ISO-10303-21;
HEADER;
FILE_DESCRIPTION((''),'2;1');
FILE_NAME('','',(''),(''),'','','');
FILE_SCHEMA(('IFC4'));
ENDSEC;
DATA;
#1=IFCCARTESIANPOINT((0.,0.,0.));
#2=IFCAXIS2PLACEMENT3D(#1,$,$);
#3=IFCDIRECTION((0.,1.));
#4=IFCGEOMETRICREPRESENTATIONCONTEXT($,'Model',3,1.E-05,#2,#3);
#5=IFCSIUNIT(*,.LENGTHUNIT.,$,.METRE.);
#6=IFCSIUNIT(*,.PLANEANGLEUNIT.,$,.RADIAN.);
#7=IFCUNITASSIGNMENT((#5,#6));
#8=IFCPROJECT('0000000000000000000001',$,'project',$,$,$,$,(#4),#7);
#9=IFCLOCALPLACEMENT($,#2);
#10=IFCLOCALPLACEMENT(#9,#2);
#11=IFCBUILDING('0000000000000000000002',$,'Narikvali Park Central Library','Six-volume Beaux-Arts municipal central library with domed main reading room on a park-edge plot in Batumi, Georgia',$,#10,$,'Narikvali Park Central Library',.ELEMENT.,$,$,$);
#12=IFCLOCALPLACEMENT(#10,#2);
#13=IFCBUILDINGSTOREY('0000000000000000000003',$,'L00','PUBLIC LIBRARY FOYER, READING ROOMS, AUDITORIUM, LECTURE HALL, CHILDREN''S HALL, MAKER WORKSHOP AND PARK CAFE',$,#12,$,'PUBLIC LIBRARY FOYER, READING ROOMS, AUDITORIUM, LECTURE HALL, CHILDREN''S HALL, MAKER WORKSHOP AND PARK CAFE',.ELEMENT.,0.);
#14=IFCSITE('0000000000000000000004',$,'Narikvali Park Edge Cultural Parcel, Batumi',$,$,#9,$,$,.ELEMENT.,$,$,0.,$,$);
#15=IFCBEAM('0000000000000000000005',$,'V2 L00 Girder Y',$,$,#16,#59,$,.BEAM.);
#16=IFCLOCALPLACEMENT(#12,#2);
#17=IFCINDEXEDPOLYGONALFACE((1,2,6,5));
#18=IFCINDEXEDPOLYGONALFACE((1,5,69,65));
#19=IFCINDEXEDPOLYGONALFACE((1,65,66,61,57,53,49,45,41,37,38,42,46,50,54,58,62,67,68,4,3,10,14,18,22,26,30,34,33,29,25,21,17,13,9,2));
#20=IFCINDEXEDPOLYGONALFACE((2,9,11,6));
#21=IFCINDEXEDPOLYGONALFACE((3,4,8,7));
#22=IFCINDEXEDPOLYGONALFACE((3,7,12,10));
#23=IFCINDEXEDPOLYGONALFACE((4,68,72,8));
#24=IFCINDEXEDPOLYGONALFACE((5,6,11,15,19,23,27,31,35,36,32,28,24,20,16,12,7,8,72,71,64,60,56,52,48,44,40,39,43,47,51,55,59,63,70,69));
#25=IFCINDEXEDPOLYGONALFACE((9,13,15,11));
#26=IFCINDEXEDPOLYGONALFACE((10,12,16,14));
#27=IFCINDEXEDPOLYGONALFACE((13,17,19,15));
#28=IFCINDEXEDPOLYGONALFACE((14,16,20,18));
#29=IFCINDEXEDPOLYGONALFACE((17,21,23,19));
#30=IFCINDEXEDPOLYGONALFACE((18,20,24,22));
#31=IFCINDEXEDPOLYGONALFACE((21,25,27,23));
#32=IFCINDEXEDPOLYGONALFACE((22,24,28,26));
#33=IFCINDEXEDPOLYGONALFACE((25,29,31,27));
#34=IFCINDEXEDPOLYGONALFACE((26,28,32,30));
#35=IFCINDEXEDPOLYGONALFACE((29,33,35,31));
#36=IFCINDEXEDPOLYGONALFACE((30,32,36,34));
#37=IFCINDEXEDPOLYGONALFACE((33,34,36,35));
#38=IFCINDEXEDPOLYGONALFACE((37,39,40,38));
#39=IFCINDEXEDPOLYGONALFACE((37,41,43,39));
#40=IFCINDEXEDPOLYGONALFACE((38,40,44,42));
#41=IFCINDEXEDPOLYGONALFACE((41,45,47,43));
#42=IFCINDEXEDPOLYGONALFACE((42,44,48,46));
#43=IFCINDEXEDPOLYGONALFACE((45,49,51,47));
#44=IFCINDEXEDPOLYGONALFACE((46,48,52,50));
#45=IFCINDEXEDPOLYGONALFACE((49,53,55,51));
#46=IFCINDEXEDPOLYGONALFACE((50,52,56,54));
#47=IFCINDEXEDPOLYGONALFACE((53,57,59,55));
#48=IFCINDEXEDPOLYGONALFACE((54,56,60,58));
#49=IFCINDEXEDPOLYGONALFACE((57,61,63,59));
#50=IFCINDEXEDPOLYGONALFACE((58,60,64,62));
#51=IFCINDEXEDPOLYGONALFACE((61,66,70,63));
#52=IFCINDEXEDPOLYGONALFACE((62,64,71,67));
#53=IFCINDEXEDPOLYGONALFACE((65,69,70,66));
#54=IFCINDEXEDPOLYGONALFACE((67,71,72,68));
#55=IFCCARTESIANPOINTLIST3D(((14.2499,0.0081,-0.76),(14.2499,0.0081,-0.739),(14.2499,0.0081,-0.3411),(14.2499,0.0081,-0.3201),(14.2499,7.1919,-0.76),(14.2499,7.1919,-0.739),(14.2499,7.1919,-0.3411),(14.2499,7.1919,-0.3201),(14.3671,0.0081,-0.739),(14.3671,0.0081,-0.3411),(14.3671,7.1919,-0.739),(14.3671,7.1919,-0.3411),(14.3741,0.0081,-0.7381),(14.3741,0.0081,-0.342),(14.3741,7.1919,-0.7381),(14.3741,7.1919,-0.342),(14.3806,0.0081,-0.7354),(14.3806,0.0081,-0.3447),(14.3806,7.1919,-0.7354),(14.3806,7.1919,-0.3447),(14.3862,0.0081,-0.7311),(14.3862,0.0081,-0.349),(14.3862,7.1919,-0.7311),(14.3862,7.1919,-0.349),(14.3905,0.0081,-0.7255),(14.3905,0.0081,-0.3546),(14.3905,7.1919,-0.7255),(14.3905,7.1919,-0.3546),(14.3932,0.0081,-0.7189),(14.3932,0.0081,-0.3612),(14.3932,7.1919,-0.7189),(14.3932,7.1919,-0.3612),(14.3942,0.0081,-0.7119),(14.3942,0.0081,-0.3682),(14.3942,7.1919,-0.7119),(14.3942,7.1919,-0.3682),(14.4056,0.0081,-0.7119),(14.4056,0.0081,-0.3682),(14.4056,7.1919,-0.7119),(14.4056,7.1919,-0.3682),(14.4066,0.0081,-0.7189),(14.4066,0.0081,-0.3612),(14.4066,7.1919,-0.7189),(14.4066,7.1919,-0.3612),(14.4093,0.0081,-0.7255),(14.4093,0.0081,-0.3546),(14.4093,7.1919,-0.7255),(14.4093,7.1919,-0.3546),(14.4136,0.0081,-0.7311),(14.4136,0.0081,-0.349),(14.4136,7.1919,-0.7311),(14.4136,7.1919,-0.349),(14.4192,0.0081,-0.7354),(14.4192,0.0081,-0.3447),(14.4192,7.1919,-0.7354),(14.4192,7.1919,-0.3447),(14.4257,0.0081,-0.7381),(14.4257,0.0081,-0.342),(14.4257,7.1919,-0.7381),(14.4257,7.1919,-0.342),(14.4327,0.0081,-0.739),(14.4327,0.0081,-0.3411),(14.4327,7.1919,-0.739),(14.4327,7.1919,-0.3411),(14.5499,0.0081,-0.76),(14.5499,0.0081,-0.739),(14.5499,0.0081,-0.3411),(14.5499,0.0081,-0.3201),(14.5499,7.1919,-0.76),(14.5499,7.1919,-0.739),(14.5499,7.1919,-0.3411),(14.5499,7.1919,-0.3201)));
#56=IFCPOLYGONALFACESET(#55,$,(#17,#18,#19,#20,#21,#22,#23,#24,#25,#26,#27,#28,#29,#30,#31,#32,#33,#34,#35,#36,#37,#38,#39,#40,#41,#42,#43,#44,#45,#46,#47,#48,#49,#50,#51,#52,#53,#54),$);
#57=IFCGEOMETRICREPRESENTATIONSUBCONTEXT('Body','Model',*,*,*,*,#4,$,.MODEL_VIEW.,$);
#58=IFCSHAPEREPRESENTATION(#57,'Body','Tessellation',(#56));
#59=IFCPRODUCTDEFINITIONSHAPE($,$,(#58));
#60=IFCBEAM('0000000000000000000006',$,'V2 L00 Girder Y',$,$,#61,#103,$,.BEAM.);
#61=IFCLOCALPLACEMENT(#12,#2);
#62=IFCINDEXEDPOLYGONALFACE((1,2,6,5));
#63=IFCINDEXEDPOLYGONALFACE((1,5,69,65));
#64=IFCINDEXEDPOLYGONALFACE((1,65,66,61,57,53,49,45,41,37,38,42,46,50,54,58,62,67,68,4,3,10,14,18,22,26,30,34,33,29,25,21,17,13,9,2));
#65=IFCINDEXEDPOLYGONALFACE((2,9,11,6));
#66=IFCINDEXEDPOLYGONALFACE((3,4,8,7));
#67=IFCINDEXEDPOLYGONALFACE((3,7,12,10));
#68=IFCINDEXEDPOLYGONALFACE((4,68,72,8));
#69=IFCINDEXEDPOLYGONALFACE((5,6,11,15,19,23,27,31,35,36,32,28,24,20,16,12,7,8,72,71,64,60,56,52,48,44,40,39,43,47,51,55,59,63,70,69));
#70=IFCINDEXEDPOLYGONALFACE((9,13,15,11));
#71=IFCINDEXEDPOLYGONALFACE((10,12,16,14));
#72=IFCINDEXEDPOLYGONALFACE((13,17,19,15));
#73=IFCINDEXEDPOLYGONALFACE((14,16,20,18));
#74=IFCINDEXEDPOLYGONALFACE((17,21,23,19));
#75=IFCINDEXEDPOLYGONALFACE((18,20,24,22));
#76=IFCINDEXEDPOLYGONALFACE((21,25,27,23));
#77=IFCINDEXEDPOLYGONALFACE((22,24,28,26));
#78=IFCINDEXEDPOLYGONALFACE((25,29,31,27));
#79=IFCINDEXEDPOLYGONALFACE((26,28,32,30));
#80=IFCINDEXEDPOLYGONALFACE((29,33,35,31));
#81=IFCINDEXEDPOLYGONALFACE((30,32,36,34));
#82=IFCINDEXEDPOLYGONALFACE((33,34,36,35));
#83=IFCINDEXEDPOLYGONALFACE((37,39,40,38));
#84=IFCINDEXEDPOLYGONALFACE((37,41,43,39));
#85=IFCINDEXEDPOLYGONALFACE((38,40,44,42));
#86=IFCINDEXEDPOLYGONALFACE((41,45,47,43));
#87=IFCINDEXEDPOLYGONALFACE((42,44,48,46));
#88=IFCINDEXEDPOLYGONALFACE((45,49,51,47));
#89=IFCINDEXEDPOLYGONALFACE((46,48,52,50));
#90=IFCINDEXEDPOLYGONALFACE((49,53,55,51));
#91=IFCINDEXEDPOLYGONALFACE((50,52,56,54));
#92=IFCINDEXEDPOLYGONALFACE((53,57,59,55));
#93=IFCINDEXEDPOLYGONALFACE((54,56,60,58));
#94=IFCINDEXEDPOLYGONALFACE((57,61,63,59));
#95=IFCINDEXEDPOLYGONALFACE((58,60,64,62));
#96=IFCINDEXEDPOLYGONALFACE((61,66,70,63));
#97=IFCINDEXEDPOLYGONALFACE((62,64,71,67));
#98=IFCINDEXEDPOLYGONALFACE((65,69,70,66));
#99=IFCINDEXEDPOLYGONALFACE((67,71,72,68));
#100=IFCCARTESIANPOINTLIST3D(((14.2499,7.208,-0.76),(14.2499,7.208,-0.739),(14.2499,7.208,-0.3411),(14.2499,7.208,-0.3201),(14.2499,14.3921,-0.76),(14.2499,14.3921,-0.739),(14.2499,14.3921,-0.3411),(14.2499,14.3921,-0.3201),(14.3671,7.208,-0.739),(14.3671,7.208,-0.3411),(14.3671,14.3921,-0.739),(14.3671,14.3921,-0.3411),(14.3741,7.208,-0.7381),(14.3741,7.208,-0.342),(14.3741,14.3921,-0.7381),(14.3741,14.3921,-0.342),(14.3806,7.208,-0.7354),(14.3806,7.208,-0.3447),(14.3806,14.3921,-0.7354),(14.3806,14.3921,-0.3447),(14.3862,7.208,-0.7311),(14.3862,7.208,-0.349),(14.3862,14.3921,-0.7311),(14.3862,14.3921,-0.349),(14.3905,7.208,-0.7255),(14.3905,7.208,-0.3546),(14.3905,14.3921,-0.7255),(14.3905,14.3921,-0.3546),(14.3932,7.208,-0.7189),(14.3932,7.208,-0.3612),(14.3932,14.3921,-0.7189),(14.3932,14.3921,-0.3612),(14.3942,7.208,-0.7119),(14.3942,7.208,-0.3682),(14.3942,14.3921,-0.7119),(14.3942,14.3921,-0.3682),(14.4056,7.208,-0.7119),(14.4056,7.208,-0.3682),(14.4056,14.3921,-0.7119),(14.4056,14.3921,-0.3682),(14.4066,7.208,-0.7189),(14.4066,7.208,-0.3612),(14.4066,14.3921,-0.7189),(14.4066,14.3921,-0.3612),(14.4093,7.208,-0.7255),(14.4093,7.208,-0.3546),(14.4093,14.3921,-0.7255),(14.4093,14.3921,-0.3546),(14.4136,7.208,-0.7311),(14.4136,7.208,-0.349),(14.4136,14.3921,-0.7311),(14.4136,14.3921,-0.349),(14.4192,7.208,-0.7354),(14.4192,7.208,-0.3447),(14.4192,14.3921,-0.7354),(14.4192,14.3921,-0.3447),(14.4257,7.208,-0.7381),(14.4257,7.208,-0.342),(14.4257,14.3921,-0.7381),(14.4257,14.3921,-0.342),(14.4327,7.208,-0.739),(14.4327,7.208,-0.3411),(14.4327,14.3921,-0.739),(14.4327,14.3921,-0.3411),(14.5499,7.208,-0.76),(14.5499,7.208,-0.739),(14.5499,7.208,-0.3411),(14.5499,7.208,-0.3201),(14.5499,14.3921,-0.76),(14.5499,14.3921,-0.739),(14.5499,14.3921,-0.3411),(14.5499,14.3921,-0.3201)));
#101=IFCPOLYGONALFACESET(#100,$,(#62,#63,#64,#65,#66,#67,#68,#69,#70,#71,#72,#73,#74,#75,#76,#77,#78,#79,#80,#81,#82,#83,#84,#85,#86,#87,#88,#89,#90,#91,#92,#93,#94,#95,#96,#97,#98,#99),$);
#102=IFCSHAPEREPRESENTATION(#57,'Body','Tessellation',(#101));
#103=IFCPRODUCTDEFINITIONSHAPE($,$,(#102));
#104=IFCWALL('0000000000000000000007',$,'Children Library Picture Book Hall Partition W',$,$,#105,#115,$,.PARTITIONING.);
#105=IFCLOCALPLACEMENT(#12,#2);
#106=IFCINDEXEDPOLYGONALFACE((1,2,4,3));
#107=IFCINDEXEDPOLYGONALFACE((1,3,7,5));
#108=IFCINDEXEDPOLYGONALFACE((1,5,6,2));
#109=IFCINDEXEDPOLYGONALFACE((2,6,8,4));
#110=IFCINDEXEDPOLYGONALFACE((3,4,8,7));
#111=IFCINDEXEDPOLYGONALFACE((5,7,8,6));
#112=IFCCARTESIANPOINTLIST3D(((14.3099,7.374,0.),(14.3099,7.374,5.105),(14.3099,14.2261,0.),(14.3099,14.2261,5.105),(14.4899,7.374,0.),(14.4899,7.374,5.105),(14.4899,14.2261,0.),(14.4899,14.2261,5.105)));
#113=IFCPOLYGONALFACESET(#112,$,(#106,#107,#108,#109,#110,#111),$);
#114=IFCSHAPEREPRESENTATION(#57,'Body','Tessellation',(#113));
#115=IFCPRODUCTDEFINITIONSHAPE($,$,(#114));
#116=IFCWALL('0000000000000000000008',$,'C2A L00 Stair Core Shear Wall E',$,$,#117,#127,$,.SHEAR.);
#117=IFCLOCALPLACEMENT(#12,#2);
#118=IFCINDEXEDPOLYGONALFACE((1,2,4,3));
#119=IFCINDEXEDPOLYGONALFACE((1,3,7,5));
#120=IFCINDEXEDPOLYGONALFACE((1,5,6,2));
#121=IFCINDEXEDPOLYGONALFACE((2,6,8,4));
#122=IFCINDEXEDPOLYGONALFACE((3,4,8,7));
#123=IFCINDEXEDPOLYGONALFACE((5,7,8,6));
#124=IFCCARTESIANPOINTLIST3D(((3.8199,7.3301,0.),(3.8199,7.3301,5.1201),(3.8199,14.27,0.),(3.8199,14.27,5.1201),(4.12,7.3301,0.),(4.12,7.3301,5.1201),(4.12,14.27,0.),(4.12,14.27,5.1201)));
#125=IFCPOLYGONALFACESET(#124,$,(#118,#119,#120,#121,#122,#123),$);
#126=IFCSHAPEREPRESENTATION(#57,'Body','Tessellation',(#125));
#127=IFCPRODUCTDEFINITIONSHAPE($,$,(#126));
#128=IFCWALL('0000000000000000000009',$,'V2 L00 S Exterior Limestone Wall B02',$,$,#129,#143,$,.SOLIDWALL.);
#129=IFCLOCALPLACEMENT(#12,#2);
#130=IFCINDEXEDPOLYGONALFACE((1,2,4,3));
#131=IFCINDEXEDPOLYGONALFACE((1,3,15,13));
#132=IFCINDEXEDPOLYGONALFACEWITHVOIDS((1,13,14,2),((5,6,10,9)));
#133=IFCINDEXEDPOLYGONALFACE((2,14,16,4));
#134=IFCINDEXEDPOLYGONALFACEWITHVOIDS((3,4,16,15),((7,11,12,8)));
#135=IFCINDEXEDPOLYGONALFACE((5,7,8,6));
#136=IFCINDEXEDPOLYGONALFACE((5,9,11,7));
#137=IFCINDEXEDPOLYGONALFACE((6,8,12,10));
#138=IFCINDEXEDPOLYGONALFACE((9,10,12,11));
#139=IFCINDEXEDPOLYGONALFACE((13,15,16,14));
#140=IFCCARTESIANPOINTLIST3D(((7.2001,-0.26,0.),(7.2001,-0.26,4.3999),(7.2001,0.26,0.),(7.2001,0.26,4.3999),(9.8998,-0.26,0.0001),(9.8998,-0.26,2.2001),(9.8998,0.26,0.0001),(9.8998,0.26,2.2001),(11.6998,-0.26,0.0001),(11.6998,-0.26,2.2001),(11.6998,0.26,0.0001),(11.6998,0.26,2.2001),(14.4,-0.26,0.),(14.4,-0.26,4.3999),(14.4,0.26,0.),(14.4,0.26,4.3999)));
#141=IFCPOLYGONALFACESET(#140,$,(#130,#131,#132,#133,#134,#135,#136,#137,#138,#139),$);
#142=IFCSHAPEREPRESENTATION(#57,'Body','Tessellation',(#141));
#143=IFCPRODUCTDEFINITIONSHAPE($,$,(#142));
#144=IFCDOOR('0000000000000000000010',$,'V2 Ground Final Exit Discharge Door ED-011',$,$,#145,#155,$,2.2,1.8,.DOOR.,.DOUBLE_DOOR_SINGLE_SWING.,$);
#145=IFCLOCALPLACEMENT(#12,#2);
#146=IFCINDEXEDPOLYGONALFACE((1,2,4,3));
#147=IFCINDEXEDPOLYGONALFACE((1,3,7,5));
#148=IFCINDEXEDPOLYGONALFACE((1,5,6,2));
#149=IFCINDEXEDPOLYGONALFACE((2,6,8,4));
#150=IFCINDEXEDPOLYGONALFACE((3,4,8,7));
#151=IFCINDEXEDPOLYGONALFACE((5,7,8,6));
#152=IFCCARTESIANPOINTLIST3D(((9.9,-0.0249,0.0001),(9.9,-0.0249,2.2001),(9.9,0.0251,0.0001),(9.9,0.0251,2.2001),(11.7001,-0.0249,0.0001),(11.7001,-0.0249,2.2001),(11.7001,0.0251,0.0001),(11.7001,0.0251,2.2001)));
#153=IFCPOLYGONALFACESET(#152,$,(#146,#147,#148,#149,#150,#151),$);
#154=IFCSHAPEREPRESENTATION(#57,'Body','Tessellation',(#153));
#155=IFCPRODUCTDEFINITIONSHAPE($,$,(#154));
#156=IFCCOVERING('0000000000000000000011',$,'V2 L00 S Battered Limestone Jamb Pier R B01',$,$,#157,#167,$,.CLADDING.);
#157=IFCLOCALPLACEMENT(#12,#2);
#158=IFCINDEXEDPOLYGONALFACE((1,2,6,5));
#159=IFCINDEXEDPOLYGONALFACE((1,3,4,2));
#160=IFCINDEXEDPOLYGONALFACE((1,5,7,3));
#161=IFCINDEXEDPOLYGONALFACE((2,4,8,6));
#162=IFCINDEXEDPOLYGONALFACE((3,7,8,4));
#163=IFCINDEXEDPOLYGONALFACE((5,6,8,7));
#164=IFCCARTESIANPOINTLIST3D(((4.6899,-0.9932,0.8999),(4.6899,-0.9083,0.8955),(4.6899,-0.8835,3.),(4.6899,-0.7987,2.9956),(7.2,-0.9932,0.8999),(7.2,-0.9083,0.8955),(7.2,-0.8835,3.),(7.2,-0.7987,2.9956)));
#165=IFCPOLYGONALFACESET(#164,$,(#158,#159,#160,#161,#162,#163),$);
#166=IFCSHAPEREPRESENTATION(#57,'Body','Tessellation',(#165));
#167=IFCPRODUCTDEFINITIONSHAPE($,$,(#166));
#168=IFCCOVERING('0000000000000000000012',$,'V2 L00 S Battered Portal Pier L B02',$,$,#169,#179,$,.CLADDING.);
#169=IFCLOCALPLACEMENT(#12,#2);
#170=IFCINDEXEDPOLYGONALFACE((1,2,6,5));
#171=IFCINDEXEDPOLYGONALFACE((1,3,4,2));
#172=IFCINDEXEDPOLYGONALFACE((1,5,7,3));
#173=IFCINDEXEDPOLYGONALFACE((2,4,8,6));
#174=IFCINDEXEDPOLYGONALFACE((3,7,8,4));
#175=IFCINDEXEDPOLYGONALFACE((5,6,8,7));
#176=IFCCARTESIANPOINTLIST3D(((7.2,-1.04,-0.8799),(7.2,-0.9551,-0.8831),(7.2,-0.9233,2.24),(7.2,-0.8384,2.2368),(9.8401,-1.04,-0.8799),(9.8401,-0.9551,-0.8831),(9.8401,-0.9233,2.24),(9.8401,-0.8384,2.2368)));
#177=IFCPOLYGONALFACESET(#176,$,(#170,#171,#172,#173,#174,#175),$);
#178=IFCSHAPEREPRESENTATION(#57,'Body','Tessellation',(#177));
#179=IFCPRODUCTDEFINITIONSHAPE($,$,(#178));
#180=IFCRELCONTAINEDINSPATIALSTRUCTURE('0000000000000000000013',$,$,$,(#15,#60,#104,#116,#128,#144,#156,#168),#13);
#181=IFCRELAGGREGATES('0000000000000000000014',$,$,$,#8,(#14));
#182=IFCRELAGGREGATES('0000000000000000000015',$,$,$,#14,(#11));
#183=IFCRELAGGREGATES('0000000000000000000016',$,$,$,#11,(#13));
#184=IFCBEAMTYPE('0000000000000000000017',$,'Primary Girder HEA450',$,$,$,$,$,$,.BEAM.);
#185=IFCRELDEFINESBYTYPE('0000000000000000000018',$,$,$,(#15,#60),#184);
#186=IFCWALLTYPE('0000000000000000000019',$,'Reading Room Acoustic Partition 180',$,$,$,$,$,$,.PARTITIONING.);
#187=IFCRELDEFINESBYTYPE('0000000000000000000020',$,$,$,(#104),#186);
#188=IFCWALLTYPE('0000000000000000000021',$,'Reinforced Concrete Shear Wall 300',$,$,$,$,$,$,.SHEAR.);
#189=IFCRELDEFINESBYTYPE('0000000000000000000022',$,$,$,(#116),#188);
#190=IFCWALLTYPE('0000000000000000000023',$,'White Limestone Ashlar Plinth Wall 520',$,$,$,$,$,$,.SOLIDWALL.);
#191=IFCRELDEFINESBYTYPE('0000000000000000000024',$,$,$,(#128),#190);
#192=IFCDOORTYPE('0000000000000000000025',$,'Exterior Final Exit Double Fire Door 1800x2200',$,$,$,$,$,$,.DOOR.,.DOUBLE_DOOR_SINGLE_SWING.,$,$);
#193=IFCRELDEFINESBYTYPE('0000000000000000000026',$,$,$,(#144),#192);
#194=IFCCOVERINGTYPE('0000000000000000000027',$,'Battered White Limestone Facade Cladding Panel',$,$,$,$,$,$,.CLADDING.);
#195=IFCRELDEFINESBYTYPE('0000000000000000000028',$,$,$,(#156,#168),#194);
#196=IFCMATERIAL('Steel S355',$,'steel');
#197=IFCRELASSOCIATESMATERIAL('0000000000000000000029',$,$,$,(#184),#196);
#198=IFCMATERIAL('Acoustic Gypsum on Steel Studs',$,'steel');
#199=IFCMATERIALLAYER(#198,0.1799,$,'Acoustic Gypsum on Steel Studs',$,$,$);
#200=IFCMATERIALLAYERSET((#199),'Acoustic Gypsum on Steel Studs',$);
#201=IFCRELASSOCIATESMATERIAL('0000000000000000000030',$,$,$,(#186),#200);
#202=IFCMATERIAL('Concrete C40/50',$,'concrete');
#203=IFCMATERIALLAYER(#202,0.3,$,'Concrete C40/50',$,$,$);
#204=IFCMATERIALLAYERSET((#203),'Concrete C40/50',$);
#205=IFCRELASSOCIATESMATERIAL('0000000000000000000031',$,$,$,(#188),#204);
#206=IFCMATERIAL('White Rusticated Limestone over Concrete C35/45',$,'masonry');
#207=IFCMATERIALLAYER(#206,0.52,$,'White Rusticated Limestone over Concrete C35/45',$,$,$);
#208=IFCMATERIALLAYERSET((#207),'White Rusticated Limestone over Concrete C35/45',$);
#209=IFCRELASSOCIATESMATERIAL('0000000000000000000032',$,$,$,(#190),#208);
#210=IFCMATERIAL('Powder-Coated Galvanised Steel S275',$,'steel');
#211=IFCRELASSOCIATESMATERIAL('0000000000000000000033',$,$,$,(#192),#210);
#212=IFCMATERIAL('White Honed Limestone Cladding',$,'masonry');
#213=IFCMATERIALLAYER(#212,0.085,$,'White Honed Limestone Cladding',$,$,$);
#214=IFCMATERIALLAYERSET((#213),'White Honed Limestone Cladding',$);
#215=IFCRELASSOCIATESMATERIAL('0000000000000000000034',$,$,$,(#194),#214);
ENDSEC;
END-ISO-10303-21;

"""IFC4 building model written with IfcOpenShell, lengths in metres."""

from ifc_helpers import new_model, si_unit, direction, frame, frame_2d, origin, origin_2d, place, context, subcontext, project, spatial, polyline, rectangle, i_section, outline, extrude, material, layer, layer_set, material_profile, profile_set, type_object, element, fill, save


model = new_model("IFC4")

# Units and contexts
model_context = context("Model", 3, precision=1e-05, world=origin(), true_north=direction((0.0, 1.0)))
body_context = subcontext(model_context, "Body", "Model", "MODEL_VIEW")
ifc_project = project(units=[si_unit("LENGTHUNIT", "METRE"), si_unit("PLANEANGLEUNIT", "RADIAN")], contexts=[model_context])

# Site, building, storey
site_placement = place(None, origin())
site = spatial("IfcSite", under=ifc_project, at=site_placement, Name="Narikvali Park Edge Cultural Parcel, Batumi", CompositionType="ELEMENT", RefElevation=0.0)
building_placement = place(site_placement, origin())
building = spatial("IfcBuilding", under=site, at=building_placement, Name="Narikvali Park Central Library", Description="Six-volume Beaux-Arts municipal central library with domed main reading room on a park-edge plot in Batumi, Georgia", LongName="Narikvali Park Central Library", CompositionType="ELEMENT")
storey_placement = place(building_placement, origin())
storey = spatial("IfcBuildingStorey", under=building, at=storey_placement, Name="L00", Description="PUBLIC LIBRARY FOYER, READING ROOMS, AUDITORIUM, LECTURE HALL, CHILDREN'S HALL, MAKER WORKSHOP AND PARK CAFE", LongName="PUBLIC LIBRARY FOYER, READING ROOMS, AUDITORIUM, LECTURE HALL, CHILDREN'S HALL, MAKER WORKSHOP AND PARK CAFE", CompositionType="ELEMENT", Elevation=0.0)

# Shared definitions
ifc_material_1 = material(Name="Steel S355", Category="steel")

# Beams
ifc_material_profile_1 = material_profile(ifc_material_1, i_section(OverallWidth=0.3, OverallDepth=0.4399, WebThickness=0.0115, FlangeThickness=0.021, FilletRadius=0.0271, at=origin_2d()), Name="HEA 450")
ifc_profile_set_1 = profile_set([ifc_material_profile_1], Name="Steel S355")
beam_type_1 = type_object("IfcBeamType", Name="Primary Girder HEA450", PredefinedType="BEAM", material=ifc_profile_set_1)
beam_1_placement = place(storey_placement, frame((14.3999, 0.0081, -0.54), z_axis=(0.0, 1.0, 0.0), x_axis=(-1.0, 0.0, 0.0)))
element("IfcBeam", 1, at=beam_1_placement, inside=storey, type_object=beam_type_1, Name="V2 L00 Girder Y", PredefinedType="BEAM", context=body_context, shape_type="SweptSolid", body=[
    extrude(i_section(OverallWidth=0.3, OverallDepth=0.4399, WebThickness=0.0115, FlangeThickness=0.021, FilletRadius=0.0271, at=origin_2d()), origin(), (0.0, 0.0, 1.0), 7.1838),
])
beam_2_placement = place(storey_placement, frame((14.3999, 7.208, -0.54), z_axis=(0.0, 1.0, 0.0), x_axis=(-1.0, 0.0, 0.0)))
element("IfcBeam", 2, at=beam_2_placement, inside=storey, type_object=beam_type_1, Name="V2 L00 Girder Y", PredefinedType="BEAM", context=body_context, shape_type="SweptSolid", body=[
    extrude(i_section(OverallWidth=0.3, OverallDepth=0.4399, WebThickness=0.0115, FlangeThickness=0.021, FilletRadius=0.0271, at=origin_2d()), origin(), (0.0, 0.0, 1.0), 7.1841),
])

# Walls
ifc_material_2 = material(Name="Acoustic Gypsum on Steel Studs", Category="steel")
ifc_layer_1 = layer(ifc_material_2, 0.1799, Name="Acoustic Gypsum on Steel Studs")
ifc_layer_set_1 = layer_set([ifc_layer_1], Name="Acoustic Gypsum on Steel Studs")
wall_type_1 = type_object("IfcWallType", Name="Reading Room Acoustic Partition 180", PredefinedType="PARTITIONING", material=ifc_layer_set_1)
wall_1_placement = place(storey_placement, frame((14.3999, 7.374, 0.0), z_axis=(0.0, 0.0, 1.0), x_axis=(0.0, 1.0, 0.0)))
element("IfcWall", 3, at=wall_1_placement, inside=storey, type_object=wall_type_1, Name="Children Library Picture Book Hall Partition W", PredefinedType="PARTITIONING", context=body_context, shape_type="SweptSolid", body=[
    extrude(rectangle(XDim=6.8521, YDim=0.1799, at=frame_2d((3.426, 0.0))), origin(), (0.0, 0.0, 1.0), 5.105),
])
ifc_material_3 = material(Name="Concrete C40/50", Category="concrete")
ifc_layer_2 = layer(ifc_material_3, 0.3, Name="Concrete C40/50")
ifc_layer_set_2 = layer_set([ifc_layer_2], Name="Concrete C40/50")
wall_type_2 = type_object("IfcWallType", Name="Reinforced Concrete Shear Wall 300", PredefinedType="SHEAR", material=ifc_layer_set_2)
wall_2_placement = place(storey_placement, frame((3.97, 7.3301, 0.0), z_axis=(0.0, 0.0, 1.0), x_axis=(0.0, 1.0, 0.0)))
element("IfcWall", 4, at=wall_2_placement, inside=storey, type_object=wall_type_2, Name="C2A L00 Stair Core Shear Wall E", PredefinedType="SHEAR", context=body_context, shape_type="SweptSolid", body=[
    extrude(rectangle(XDim=6.9399, YDim=0.3, at=frame_2d((3.47, 0.0))), origin(), (0.0, 0.0, 1.0), 5.1201),
])

# Wall, opening, door
ifc_material_4 = material(Name="White Rusticated Limestone over Concrete C35/45", Category="masonry")
ifc_layer_3 = layer(ifc_material_4, 0.52, Name="White Rusticated Limestone over Concrete C35/45")
ifc_layer_set_3 = layer_set([ifc_layer_3], Name="White Rusticated Limestone over Concrete C35/45")
wall_type_3 = type_object("IfcWallType", Name="White Limestone Ashlar Plinth Wall 520", PredefinedType="SOLIDWALL", material=ifc_layer_set_3)
wall_3_placement = place(storey_placement, frame((7.2, 0.0, 0.0), z_axis=(0.0, 0.0, 1.0), x_axis=(1.0, 0.0, 0.0)))
wall_3 = element("IfcWall", 5, at=wall_3_placement, inside=storey, type_object=wall_type_3, Name="V2 L00 S Exterior Limestone Wall B02", PredefinedType="SOLIDWALL", context=body_context, shape_type="SweptSolid", body=[
    extrude(rectangle(XDim=7.2, YDim=0.52, at=frame_2d((3.6001, 0.0))), origin(), (0.0, 0.0, 1.0), 4.3999),
])
opening_placement = place(wall_3_placement, frame((2.7, 0.0, 0.0)))
opening = element("IfcOpeningElement", 6, at=opening_placement, cuts=wall_3, PredefinedType="OPENING", context=body_context, shape_type="SweptSolid", body=[
    extrude(rectangle(XDim=1.8, YDim=2.2, at=frame_2d((0.8999, 1.1001))), frame((0.0, 0.272, 0.0), z_axis=(0.0, -1.0, 0.0), x_axis=(1.0, 0.0, 0.0)), (0.0, 0.0, 1.0), 0.5439),
])
ifc_material_5 = material(Name="Powder-Coated Galvanised Steel S275", Category="steel")
door_type = type_object("IfcDoorType", Name="Exterior Final Exit Double Fire Door 1800x2200", OperationType="DOUBLE_DOOR_SINGLE_SWING", PredefinedType="DOOR", material=ifc_material_5)
door_placement = place(opening_placement, frame((1.8, 0.0, 0.0), z_axis=(0.0, 0.0, 1.0), x_axis=(-1.0, 0.0, 0.0)))
door = element("IfcDoor", 7, at=door_placement, inside=storey, type_object=door_type, Name="V2 Ground Final Exit Discharge Door ED-011", OperationType="DOUBLE_DOOR_SINGLE_SWING", OverallHeight=2.2, OverallWidth=1.8, PredefinedType="DOOR", context=body_context, shape_type="SweptSolid", body=[
    extrude(rectangle(XDim=1.8, YDim=2.2, at=frame_2d((0.8999, 1.1001))), frame((0.0, 0.0249, 0.0), z_axis=(0.0, -1.0, 0.0), x_axis=(1.0, 0.0, 0.0)), (0.0, 0.0, 1.0), 0.05),
])
fill(opening, door)

# Coverings
ifc_material_6 = material(Name="White Honed Limestone Cladding", Category="masonry")
ifc_layer_4 = layer(ifc_material_6, 0.085, Name="White Honed Limestone Cladding")
ifc_layer_set_4 = layer_set([ifc_layer_4], Name="White Honed Limestone Cladding")
covering_type = type_object("IfcCoveringType", Name="Battered White Limestone Facade Cladding Panel", PredefinedType="CLADDING", material=ifc_layer_set_4)
covering_1_placement = place(storey_placement, frame((4.6899, -0.9932, 0.8999), z_axis=(0.0, -0.998641, 0.052126), x_axis=(1.0, 0.0, 0.0)))
element("IfcCovering", 8, at=covering_1_placement, inside=storey, type_object=covering_type, Name="V2 L00 S Battered Limestone Jamb Pier R B01", PredefinedType="CLADDING", context=body_context, shape_type="SweptSolid", body=[
    extrude(outline(polyline([(0.0, 0.0), (2.51, 0.0), (2.51, 2.103), (0.0, 2.103), (0.0, 0.0)])), origin(), (0.0, 0.0, -1.0), 0.085),
])
covering_2_placement = place(storey_placement, frame((7.2, -1.04, -0.8799), z_axis=(0.0, -0.999301, 0.037379), x_axis=(1.0, 0.0, 0.0)))
element("IfcCovering", 9, at=covering_2_placement, inside=storey, type_object=covering_type, Name="V2 L00 S Battered Portal Pier L B02", PredefinedType="CLADDING", context=body_context, shape_type="SweptSolid", body=[
    extrude(outline(polyline([(0.0, 0.0), (2.6401, 0.0), (2.6401, 3.1221), (0.0, 3.1221), (0.0, 0.0)])), origin(), (0.0, 0.0, -1.0), 0.085),
])

save(model, "model.ifc")
